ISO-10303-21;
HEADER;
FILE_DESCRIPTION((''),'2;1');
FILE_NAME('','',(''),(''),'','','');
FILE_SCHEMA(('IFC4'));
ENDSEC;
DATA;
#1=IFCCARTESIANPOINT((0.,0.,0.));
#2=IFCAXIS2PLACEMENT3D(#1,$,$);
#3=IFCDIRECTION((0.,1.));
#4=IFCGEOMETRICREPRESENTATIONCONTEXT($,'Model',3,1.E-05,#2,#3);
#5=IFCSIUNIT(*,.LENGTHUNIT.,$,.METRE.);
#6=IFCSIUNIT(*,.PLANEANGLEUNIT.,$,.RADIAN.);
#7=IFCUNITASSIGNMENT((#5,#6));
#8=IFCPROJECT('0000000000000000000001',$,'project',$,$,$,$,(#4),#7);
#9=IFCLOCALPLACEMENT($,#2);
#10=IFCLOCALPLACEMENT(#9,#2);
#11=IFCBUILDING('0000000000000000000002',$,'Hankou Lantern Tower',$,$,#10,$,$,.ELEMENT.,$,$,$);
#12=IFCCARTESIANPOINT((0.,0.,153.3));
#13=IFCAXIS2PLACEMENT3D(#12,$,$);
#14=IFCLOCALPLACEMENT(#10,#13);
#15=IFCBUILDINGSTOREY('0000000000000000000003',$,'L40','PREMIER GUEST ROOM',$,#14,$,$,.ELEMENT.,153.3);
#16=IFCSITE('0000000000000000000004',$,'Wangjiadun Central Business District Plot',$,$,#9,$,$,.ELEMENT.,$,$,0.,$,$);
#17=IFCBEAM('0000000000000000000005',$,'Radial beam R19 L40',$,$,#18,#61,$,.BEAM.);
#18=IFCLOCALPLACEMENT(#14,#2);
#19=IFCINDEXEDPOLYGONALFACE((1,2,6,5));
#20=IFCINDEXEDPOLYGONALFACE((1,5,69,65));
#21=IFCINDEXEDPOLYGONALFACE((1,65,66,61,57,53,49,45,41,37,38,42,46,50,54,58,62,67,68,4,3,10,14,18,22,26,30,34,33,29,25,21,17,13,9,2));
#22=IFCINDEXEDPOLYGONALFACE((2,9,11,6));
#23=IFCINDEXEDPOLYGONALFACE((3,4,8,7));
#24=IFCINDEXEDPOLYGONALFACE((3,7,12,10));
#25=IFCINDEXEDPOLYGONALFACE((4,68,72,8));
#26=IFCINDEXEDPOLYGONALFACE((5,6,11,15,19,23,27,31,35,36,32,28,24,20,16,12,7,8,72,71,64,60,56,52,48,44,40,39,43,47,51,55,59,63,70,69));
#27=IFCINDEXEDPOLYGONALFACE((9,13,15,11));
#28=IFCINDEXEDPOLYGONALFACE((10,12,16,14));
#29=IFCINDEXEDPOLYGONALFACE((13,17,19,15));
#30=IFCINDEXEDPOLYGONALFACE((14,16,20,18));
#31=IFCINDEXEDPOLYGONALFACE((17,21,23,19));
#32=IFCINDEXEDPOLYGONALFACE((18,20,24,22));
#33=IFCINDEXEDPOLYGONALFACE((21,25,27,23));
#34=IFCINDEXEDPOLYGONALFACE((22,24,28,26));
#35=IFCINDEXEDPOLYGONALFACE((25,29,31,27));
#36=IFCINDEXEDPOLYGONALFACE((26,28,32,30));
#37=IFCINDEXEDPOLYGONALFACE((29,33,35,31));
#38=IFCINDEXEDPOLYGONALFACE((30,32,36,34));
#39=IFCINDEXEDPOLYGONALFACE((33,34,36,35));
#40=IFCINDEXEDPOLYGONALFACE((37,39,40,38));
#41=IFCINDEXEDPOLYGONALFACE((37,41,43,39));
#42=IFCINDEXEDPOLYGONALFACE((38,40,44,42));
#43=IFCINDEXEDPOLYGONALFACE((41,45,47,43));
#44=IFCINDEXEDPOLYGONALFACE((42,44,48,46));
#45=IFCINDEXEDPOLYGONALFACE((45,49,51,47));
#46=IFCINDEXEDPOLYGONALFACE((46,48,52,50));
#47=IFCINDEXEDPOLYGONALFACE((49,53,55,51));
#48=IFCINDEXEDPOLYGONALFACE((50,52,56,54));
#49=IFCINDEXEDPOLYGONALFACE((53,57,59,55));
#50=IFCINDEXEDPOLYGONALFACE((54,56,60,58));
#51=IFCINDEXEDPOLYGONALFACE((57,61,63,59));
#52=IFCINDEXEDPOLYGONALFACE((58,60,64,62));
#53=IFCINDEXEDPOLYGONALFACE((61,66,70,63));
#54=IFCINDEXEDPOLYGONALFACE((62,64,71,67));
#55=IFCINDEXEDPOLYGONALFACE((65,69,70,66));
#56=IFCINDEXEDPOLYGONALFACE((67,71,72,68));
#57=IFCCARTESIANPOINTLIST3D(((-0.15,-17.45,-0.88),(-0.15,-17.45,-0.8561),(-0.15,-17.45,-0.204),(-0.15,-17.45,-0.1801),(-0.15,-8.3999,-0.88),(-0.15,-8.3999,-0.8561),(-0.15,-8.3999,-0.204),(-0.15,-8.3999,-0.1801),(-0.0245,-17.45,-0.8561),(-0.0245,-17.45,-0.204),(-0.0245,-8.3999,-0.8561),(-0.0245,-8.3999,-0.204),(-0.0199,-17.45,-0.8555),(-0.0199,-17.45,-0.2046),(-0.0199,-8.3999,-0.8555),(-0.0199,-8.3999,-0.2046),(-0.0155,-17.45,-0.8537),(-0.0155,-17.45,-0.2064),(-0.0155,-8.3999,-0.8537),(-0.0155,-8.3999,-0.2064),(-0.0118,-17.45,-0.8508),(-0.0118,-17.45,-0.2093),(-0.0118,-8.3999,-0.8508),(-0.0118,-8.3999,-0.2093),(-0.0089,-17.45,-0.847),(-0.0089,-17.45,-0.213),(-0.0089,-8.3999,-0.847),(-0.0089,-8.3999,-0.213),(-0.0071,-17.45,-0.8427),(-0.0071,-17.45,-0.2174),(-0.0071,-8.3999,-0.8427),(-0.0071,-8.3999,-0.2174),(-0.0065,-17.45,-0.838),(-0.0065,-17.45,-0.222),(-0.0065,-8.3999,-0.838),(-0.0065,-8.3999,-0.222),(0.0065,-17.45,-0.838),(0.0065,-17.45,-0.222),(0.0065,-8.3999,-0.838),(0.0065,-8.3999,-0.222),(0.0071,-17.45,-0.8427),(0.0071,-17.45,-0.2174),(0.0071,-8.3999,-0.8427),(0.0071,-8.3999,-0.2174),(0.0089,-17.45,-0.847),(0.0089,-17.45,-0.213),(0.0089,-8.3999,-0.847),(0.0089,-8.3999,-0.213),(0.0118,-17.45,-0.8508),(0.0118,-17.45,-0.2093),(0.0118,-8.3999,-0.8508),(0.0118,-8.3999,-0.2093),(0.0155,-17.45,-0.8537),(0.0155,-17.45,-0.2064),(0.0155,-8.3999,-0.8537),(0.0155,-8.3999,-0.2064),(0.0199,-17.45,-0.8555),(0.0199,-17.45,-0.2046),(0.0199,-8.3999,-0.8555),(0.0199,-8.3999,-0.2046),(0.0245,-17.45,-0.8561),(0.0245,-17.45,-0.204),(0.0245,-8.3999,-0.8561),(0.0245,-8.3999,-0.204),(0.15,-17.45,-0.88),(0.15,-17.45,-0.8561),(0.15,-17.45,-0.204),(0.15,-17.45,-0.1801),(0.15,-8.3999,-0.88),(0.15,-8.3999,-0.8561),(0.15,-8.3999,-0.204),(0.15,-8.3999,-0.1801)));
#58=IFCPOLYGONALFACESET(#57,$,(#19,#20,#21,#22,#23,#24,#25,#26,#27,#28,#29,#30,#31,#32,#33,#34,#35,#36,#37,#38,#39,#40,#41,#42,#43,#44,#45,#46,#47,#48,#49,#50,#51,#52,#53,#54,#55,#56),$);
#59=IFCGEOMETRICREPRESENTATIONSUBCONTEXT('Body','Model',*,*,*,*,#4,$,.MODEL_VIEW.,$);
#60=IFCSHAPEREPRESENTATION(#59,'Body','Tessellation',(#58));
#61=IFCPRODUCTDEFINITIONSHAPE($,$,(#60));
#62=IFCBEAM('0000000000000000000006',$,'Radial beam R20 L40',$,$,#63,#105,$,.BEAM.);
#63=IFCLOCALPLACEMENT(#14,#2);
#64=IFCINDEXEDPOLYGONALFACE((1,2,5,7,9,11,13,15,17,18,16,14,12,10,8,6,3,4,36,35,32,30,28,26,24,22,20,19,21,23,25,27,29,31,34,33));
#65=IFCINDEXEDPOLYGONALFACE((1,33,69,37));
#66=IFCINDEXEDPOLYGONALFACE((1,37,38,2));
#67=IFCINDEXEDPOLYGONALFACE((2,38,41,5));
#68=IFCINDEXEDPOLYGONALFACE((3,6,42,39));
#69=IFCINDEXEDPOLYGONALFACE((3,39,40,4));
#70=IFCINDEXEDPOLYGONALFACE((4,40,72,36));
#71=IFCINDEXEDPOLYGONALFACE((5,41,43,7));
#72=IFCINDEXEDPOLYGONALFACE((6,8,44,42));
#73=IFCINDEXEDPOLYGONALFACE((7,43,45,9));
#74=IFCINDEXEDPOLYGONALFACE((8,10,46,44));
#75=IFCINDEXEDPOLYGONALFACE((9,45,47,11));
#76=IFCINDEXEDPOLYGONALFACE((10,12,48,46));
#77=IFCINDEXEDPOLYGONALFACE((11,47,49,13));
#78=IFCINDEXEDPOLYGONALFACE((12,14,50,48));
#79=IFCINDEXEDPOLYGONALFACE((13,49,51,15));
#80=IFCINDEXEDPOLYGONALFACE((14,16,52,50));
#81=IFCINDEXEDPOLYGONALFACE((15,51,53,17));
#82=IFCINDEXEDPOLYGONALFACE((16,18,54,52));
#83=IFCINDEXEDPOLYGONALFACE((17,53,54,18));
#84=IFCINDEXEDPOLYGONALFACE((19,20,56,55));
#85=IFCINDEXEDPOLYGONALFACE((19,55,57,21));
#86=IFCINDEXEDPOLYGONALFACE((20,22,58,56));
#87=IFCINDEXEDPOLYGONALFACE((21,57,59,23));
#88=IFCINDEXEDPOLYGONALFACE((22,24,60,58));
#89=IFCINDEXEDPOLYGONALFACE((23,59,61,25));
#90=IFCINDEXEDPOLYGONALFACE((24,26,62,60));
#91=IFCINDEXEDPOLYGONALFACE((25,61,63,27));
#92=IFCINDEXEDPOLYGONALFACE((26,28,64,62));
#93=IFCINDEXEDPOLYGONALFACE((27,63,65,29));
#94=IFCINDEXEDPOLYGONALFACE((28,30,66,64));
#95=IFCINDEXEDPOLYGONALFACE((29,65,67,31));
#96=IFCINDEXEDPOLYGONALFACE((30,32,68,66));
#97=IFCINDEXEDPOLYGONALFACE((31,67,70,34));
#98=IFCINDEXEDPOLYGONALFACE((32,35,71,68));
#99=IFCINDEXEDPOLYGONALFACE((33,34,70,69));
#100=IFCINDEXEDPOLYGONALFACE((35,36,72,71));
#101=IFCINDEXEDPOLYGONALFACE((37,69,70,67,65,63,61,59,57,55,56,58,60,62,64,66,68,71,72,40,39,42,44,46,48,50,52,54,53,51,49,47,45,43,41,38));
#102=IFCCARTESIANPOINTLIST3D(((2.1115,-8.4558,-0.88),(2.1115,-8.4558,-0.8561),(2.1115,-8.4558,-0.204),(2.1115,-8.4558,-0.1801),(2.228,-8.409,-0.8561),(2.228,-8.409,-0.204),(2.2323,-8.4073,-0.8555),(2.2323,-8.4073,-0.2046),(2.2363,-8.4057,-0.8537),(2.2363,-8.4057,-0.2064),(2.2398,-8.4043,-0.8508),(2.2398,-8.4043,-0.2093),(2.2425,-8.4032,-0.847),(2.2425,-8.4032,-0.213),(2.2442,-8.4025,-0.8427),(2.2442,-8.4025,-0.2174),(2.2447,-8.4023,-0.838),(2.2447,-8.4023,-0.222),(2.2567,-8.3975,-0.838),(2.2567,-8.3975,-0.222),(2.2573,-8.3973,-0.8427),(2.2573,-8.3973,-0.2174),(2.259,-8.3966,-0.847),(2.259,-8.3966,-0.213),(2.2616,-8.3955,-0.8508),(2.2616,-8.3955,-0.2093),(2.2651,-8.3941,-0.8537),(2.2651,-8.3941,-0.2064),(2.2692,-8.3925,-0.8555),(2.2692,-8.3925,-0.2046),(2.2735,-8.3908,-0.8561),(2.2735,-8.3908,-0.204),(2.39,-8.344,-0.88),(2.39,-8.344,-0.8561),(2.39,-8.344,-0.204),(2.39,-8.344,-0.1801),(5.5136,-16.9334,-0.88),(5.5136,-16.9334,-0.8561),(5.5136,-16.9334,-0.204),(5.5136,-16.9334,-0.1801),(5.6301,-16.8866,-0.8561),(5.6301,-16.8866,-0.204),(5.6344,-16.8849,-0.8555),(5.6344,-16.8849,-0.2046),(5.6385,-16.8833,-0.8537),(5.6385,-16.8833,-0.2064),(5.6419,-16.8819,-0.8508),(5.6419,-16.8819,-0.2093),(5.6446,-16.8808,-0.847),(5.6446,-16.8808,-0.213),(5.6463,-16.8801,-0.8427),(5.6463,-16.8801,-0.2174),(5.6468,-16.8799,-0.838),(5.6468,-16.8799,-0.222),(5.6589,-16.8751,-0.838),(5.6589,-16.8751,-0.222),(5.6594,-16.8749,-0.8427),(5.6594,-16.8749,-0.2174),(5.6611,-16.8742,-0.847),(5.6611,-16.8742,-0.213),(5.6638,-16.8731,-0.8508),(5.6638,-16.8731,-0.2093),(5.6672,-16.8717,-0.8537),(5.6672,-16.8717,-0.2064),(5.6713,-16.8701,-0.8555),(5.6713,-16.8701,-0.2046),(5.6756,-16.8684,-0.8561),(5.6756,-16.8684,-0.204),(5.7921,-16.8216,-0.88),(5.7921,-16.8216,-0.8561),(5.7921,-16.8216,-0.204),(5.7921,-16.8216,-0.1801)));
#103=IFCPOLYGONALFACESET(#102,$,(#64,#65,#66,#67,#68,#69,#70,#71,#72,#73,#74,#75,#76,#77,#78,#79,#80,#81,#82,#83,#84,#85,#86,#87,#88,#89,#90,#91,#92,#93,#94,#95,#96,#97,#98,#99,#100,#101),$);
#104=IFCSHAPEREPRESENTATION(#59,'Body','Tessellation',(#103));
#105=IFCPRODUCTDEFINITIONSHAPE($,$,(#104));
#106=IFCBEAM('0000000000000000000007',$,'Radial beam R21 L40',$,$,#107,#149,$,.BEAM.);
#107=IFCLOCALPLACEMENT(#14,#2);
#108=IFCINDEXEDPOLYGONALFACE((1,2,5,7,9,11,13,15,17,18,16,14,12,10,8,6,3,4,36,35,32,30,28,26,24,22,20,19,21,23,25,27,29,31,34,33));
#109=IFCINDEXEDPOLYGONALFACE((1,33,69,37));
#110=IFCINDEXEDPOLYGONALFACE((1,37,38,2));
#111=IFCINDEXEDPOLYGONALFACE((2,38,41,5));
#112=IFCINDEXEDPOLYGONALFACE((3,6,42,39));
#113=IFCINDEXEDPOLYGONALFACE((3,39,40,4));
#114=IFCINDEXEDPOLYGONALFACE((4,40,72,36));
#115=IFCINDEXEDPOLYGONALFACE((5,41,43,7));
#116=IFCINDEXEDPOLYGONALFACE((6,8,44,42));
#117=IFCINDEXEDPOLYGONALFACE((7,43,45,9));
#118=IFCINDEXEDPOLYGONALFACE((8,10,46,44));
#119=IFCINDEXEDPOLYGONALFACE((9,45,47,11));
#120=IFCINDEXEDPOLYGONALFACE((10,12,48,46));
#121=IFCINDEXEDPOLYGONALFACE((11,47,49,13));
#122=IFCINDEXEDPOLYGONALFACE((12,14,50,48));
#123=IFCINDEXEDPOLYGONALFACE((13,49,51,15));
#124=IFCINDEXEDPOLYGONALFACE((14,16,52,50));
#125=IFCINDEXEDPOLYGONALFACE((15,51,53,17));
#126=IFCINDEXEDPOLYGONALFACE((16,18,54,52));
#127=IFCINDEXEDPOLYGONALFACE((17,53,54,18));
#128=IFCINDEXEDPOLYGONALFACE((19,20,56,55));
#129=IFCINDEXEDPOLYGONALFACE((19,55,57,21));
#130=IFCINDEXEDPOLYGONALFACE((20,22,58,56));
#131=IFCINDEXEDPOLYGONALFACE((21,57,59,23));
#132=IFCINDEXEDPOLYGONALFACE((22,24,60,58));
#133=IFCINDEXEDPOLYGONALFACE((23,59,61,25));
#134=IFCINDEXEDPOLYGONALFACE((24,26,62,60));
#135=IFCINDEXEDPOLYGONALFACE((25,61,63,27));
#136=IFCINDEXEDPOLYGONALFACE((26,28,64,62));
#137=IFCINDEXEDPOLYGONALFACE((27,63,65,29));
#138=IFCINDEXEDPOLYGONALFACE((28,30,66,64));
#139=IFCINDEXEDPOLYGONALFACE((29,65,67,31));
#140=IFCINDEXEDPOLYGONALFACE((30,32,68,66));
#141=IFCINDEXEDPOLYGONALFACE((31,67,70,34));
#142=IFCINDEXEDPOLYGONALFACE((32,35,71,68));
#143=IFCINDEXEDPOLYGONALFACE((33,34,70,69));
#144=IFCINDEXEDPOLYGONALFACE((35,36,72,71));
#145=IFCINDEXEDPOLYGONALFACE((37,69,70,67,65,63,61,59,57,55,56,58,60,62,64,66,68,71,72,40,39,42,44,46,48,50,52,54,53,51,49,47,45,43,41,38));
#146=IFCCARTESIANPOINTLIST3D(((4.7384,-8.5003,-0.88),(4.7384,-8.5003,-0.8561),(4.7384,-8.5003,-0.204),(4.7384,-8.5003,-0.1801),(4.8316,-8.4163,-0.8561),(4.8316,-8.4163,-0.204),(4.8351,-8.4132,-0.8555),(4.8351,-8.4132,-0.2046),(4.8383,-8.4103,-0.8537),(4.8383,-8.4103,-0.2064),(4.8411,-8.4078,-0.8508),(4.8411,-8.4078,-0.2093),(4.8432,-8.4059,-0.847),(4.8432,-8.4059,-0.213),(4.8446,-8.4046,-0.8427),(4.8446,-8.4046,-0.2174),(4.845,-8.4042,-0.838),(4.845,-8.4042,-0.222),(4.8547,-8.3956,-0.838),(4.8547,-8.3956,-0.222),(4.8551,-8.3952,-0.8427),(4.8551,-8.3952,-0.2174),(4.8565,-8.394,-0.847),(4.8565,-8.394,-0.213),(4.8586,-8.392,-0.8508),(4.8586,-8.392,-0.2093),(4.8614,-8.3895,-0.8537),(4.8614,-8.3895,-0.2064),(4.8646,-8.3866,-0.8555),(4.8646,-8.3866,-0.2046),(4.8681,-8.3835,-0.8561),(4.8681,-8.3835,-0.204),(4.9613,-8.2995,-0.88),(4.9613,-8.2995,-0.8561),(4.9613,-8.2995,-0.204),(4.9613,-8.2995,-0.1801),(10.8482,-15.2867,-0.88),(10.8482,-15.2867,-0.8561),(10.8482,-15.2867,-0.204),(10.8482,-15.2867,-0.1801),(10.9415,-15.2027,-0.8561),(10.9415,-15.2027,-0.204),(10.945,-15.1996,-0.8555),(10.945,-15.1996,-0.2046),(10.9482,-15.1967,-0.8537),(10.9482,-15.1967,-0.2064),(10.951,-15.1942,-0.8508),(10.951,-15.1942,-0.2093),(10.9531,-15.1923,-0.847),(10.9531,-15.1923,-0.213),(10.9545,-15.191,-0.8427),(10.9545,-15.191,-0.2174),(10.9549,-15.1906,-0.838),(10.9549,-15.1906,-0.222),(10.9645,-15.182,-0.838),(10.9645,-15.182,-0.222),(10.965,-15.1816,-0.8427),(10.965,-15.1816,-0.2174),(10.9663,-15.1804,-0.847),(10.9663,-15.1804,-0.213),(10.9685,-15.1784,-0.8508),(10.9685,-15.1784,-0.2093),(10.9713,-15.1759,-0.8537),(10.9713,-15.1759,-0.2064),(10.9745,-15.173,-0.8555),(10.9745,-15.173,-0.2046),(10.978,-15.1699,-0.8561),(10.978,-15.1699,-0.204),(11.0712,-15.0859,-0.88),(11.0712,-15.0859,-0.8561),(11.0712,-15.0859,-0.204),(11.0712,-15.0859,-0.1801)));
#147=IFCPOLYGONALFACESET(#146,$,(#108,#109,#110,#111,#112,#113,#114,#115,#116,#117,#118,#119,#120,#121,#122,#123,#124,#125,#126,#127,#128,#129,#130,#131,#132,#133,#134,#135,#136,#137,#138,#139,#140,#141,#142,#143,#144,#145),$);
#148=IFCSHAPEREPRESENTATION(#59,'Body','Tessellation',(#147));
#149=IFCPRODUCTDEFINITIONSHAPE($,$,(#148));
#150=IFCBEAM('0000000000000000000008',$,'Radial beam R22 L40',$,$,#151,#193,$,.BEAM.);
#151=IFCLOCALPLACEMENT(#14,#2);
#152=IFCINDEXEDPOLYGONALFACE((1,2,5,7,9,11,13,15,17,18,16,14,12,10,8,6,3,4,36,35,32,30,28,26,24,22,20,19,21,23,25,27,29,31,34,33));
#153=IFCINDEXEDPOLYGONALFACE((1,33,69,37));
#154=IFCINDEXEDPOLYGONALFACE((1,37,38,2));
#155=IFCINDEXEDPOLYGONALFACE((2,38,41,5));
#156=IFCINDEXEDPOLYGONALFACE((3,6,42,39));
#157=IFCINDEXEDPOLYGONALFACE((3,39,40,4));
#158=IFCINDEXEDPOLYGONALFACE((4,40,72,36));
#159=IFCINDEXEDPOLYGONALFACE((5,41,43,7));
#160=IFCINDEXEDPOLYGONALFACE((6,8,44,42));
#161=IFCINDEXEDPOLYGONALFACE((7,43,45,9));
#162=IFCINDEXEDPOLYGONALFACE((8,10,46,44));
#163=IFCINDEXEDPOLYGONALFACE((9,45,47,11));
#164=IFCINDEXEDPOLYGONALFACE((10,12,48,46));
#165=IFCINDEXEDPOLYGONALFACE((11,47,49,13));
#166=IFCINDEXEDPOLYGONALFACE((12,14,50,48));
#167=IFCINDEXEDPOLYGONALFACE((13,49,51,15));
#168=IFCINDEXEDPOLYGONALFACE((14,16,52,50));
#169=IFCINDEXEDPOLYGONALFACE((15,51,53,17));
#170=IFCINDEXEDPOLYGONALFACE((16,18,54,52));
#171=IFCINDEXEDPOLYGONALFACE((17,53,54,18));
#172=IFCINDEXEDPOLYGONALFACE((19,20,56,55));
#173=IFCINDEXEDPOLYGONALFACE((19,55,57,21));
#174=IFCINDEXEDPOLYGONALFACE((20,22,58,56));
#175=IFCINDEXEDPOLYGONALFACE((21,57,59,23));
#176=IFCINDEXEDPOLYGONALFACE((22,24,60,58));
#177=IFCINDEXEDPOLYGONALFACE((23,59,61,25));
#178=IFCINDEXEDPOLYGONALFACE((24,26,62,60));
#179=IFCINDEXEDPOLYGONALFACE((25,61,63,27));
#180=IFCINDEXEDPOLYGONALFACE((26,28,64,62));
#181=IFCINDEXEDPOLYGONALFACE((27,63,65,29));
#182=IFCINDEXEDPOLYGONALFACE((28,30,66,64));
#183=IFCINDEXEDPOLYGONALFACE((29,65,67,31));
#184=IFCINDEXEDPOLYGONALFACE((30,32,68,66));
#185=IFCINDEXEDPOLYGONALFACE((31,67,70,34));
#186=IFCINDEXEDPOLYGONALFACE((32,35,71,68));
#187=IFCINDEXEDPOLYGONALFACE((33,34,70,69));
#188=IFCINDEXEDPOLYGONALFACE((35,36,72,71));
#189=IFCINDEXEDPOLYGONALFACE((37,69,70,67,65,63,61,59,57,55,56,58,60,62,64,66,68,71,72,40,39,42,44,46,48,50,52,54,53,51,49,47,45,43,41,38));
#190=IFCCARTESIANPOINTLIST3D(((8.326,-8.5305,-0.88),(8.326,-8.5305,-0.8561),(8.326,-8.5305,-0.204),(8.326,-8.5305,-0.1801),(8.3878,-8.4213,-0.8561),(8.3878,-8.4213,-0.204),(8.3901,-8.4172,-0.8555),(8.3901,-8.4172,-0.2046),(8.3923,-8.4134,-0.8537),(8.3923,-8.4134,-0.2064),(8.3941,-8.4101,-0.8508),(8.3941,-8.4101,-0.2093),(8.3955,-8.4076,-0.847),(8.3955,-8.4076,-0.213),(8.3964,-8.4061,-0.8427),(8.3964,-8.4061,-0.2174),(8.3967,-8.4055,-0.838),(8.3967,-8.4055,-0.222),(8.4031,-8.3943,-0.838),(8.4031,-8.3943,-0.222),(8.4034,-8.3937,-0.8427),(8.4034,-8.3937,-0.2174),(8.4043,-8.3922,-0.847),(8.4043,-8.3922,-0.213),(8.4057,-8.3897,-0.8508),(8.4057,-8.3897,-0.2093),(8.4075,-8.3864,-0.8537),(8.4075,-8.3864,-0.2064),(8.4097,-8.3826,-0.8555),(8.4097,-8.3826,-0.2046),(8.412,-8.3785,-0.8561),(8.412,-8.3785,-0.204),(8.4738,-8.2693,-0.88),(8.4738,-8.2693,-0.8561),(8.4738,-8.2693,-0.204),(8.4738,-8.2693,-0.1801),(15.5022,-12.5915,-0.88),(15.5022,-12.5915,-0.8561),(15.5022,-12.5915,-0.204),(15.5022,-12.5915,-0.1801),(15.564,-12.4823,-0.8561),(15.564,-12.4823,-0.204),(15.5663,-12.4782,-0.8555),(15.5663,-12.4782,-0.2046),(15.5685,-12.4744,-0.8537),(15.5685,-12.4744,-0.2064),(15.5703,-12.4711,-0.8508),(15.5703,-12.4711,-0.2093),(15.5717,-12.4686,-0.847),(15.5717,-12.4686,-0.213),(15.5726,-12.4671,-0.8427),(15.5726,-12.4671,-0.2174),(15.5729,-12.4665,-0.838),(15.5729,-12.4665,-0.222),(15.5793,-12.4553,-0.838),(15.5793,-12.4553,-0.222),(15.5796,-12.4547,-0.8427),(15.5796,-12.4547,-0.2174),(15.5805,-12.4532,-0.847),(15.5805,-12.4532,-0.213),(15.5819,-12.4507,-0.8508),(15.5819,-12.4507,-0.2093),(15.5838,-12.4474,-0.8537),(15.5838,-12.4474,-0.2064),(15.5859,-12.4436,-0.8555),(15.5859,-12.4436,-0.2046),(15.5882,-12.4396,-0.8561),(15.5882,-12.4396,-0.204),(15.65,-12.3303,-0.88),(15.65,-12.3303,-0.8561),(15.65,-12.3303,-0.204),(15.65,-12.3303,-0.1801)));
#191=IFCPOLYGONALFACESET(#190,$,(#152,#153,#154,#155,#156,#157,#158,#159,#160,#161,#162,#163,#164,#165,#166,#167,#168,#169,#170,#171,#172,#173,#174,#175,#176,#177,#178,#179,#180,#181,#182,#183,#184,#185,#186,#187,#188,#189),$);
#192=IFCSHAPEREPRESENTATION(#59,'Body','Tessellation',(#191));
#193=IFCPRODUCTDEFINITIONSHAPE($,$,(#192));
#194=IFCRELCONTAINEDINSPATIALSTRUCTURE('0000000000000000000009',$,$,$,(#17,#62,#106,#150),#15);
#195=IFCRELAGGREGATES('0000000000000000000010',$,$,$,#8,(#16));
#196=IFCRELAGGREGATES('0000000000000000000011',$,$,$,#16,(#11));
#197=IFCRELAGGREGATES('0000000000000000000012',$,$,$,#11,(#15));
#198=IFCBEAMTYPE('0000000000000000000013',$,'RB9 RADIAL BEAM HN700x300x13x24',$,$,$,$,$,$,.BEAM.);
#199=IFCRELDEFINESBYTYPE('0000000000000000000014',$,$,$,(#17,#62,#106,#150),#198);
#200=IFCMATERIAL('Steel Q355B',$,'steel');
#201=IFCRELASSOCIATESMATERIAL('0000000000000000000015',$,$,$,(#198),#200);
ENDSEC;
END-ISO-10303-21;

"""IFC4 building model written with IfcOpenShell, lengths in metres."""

from ifc_helpers import new_model, si_unit, direction, frame, origin, origin_2d, place, context, subcontext, project, spatial, i_section, extrude, material, material_profile, profile_set, type_object, element, save


model = new_model("IFC4")

# Units and contexts
model_context = context("Model", 3, precision=1e-05, world=origin(), true_north=direction((0.0, 1.0)))
body_context = subcontext(model_context, "Body", "Model", "MODEL_VIEW")
ifc_project = project(units=[si_unit("LENGTHUNIT", "METRE"), si_unit("PLANEANGLEUNIT", "RADIAN")], contexts=[model_context])

# Site, building, storey
site_placement = place(None, origin())
site = spatial("IfcSite", under=ifc_project, at=site_placement, Name="Wangjiadun Central Business District Plot", CompositionType="ELEMENT", RefElevation=0.0)
building_placement = place(site_placement, origin())
building = spatial("IfcBuilding", under=site, at=building_placement, Name="Hankou Lantern Tower", CompositionType="ELEMENT")
storey_placement = place(building_placement, frame((0.0, 0.0, 153.3)))
storey = spatial("IfcBuildingStorey", under=building, at=storey_placement, Name="L40", Description="PREMIER GUEST ROOM", CompositionType="ELEMENT", Elevation=153.3)

# Beams
ifc_material_1 = material(Name="Steel Q355B", Category="steel")
ifc_material_profile_1 = material_profile(ifc_material_1, i_section(OverallWidth=0.3, OverallDepth=0.7, WebThickness=0.0129, FlangeThickness=0.0239, FilletRadius=0.0181, at=origin_2d()), Name="HN700x300x13x24")
ifc_profile_set_1 = profile_set([ifc_material_profile_1], Name="Steel Q355B")
beam_type_1 = type_object("IfcBeamType", Name="RB9 RADIAL BEAM HN700x300x13x24", PredefinedType="BEAM", material=ifc_profile_set_1)
beam_1_placement = place(storey_placement, frame((0.0, -8.3999, -0.53), z_axis=(0.0, -1.0, 0.0), x_axis=(1.0, 0.0, 0.0)))
element("IfcBeam", 1, at=beam_1_placement, inside=storey, type_object=beam_type_1, Name="Radial beam R19 L40", PredefinedType="BEAM", context=body_context, shape_type="SweptSolid", body=[
    extrude(i_section(OverallWidth=0.3, OverallDepth=0.7, WebThickness=0.0129, FlangeThickness=0.0239, FilletRadius=0.0181, at=origin_2d()), origin(), (0.0, 0.0, 1.0), 9.05),
])
beam_2_placement = place(storey_placement, frame((2.2507, -8.3999, -0.53), z_axis=(0.372436, -0.928058, 0.0), x_axis=(0.928058, 0.372436, 0.0)))
element("IfcBeam", 2, at=beam_2_placement, inside=storey, type_object=beam_type_1, Name="Radial beam R20 L40", PredefinedType="BEAM", context=body_context, shape_type="SweptSolid", body=[
    extrude(i_section(OverallWidth=0.3, OverallDepth=0.7, WebThickness=0.0129, FlangeThickness=0.0239, FilletRadius=0.0181, at=origin_2d()), origin(), (0.0, 0.0, 1.0), 9.1348),
])
beam_3_placement = place(storey_placement, frame((4.8499, -8.3999, -0.53), z_axis=(0.669093, -0.743178, 0.0), x_axis=(0.743178, 0.669093, 0.0)))
element("IfcBeam", 3, at=beam_3_placement, inside=storey, type_object=beam_type_1, Name="Radial beam R21 L40", PredefinedType="BEAM", context=body_context, shape_type="SweptSolid", body=[
    extrude(i_section(OverallWidth=0.3, OverallDepth=0.7, WebThickness=0.0129, FlangeThickness=0.0239, FilletRadius=0.0181, at=origin_2d()), origin(), (0.0, 0.0, 1.0), 9.1316),
])
beam_4_placement = place(storey_placement, frame((8.3999, -8.3999, -0.53), z_axis=(0.870309, -0.492506, 0.0), x_axis=(0.492506, 0.870309, 0.0)))
element("IfcBeam", 4, at=beam_4_placement, inside=storey, type_object=beam_type_1, Name="Radial beam R22 L40", PredefinedType="BEAM", context=body_context, shape_type="SweptSolid", body=[
    extrude(i_section(OverallWidth=0.3, OverallDepth=0.7, WebThickness=0.0129, FlangeThickness=0.0239, FilletRadius=0.0181, at=origin_2d()), origin(), (0.0, 0.0, 1.0), 8.2456),
])

save(model, "model.ifc")
